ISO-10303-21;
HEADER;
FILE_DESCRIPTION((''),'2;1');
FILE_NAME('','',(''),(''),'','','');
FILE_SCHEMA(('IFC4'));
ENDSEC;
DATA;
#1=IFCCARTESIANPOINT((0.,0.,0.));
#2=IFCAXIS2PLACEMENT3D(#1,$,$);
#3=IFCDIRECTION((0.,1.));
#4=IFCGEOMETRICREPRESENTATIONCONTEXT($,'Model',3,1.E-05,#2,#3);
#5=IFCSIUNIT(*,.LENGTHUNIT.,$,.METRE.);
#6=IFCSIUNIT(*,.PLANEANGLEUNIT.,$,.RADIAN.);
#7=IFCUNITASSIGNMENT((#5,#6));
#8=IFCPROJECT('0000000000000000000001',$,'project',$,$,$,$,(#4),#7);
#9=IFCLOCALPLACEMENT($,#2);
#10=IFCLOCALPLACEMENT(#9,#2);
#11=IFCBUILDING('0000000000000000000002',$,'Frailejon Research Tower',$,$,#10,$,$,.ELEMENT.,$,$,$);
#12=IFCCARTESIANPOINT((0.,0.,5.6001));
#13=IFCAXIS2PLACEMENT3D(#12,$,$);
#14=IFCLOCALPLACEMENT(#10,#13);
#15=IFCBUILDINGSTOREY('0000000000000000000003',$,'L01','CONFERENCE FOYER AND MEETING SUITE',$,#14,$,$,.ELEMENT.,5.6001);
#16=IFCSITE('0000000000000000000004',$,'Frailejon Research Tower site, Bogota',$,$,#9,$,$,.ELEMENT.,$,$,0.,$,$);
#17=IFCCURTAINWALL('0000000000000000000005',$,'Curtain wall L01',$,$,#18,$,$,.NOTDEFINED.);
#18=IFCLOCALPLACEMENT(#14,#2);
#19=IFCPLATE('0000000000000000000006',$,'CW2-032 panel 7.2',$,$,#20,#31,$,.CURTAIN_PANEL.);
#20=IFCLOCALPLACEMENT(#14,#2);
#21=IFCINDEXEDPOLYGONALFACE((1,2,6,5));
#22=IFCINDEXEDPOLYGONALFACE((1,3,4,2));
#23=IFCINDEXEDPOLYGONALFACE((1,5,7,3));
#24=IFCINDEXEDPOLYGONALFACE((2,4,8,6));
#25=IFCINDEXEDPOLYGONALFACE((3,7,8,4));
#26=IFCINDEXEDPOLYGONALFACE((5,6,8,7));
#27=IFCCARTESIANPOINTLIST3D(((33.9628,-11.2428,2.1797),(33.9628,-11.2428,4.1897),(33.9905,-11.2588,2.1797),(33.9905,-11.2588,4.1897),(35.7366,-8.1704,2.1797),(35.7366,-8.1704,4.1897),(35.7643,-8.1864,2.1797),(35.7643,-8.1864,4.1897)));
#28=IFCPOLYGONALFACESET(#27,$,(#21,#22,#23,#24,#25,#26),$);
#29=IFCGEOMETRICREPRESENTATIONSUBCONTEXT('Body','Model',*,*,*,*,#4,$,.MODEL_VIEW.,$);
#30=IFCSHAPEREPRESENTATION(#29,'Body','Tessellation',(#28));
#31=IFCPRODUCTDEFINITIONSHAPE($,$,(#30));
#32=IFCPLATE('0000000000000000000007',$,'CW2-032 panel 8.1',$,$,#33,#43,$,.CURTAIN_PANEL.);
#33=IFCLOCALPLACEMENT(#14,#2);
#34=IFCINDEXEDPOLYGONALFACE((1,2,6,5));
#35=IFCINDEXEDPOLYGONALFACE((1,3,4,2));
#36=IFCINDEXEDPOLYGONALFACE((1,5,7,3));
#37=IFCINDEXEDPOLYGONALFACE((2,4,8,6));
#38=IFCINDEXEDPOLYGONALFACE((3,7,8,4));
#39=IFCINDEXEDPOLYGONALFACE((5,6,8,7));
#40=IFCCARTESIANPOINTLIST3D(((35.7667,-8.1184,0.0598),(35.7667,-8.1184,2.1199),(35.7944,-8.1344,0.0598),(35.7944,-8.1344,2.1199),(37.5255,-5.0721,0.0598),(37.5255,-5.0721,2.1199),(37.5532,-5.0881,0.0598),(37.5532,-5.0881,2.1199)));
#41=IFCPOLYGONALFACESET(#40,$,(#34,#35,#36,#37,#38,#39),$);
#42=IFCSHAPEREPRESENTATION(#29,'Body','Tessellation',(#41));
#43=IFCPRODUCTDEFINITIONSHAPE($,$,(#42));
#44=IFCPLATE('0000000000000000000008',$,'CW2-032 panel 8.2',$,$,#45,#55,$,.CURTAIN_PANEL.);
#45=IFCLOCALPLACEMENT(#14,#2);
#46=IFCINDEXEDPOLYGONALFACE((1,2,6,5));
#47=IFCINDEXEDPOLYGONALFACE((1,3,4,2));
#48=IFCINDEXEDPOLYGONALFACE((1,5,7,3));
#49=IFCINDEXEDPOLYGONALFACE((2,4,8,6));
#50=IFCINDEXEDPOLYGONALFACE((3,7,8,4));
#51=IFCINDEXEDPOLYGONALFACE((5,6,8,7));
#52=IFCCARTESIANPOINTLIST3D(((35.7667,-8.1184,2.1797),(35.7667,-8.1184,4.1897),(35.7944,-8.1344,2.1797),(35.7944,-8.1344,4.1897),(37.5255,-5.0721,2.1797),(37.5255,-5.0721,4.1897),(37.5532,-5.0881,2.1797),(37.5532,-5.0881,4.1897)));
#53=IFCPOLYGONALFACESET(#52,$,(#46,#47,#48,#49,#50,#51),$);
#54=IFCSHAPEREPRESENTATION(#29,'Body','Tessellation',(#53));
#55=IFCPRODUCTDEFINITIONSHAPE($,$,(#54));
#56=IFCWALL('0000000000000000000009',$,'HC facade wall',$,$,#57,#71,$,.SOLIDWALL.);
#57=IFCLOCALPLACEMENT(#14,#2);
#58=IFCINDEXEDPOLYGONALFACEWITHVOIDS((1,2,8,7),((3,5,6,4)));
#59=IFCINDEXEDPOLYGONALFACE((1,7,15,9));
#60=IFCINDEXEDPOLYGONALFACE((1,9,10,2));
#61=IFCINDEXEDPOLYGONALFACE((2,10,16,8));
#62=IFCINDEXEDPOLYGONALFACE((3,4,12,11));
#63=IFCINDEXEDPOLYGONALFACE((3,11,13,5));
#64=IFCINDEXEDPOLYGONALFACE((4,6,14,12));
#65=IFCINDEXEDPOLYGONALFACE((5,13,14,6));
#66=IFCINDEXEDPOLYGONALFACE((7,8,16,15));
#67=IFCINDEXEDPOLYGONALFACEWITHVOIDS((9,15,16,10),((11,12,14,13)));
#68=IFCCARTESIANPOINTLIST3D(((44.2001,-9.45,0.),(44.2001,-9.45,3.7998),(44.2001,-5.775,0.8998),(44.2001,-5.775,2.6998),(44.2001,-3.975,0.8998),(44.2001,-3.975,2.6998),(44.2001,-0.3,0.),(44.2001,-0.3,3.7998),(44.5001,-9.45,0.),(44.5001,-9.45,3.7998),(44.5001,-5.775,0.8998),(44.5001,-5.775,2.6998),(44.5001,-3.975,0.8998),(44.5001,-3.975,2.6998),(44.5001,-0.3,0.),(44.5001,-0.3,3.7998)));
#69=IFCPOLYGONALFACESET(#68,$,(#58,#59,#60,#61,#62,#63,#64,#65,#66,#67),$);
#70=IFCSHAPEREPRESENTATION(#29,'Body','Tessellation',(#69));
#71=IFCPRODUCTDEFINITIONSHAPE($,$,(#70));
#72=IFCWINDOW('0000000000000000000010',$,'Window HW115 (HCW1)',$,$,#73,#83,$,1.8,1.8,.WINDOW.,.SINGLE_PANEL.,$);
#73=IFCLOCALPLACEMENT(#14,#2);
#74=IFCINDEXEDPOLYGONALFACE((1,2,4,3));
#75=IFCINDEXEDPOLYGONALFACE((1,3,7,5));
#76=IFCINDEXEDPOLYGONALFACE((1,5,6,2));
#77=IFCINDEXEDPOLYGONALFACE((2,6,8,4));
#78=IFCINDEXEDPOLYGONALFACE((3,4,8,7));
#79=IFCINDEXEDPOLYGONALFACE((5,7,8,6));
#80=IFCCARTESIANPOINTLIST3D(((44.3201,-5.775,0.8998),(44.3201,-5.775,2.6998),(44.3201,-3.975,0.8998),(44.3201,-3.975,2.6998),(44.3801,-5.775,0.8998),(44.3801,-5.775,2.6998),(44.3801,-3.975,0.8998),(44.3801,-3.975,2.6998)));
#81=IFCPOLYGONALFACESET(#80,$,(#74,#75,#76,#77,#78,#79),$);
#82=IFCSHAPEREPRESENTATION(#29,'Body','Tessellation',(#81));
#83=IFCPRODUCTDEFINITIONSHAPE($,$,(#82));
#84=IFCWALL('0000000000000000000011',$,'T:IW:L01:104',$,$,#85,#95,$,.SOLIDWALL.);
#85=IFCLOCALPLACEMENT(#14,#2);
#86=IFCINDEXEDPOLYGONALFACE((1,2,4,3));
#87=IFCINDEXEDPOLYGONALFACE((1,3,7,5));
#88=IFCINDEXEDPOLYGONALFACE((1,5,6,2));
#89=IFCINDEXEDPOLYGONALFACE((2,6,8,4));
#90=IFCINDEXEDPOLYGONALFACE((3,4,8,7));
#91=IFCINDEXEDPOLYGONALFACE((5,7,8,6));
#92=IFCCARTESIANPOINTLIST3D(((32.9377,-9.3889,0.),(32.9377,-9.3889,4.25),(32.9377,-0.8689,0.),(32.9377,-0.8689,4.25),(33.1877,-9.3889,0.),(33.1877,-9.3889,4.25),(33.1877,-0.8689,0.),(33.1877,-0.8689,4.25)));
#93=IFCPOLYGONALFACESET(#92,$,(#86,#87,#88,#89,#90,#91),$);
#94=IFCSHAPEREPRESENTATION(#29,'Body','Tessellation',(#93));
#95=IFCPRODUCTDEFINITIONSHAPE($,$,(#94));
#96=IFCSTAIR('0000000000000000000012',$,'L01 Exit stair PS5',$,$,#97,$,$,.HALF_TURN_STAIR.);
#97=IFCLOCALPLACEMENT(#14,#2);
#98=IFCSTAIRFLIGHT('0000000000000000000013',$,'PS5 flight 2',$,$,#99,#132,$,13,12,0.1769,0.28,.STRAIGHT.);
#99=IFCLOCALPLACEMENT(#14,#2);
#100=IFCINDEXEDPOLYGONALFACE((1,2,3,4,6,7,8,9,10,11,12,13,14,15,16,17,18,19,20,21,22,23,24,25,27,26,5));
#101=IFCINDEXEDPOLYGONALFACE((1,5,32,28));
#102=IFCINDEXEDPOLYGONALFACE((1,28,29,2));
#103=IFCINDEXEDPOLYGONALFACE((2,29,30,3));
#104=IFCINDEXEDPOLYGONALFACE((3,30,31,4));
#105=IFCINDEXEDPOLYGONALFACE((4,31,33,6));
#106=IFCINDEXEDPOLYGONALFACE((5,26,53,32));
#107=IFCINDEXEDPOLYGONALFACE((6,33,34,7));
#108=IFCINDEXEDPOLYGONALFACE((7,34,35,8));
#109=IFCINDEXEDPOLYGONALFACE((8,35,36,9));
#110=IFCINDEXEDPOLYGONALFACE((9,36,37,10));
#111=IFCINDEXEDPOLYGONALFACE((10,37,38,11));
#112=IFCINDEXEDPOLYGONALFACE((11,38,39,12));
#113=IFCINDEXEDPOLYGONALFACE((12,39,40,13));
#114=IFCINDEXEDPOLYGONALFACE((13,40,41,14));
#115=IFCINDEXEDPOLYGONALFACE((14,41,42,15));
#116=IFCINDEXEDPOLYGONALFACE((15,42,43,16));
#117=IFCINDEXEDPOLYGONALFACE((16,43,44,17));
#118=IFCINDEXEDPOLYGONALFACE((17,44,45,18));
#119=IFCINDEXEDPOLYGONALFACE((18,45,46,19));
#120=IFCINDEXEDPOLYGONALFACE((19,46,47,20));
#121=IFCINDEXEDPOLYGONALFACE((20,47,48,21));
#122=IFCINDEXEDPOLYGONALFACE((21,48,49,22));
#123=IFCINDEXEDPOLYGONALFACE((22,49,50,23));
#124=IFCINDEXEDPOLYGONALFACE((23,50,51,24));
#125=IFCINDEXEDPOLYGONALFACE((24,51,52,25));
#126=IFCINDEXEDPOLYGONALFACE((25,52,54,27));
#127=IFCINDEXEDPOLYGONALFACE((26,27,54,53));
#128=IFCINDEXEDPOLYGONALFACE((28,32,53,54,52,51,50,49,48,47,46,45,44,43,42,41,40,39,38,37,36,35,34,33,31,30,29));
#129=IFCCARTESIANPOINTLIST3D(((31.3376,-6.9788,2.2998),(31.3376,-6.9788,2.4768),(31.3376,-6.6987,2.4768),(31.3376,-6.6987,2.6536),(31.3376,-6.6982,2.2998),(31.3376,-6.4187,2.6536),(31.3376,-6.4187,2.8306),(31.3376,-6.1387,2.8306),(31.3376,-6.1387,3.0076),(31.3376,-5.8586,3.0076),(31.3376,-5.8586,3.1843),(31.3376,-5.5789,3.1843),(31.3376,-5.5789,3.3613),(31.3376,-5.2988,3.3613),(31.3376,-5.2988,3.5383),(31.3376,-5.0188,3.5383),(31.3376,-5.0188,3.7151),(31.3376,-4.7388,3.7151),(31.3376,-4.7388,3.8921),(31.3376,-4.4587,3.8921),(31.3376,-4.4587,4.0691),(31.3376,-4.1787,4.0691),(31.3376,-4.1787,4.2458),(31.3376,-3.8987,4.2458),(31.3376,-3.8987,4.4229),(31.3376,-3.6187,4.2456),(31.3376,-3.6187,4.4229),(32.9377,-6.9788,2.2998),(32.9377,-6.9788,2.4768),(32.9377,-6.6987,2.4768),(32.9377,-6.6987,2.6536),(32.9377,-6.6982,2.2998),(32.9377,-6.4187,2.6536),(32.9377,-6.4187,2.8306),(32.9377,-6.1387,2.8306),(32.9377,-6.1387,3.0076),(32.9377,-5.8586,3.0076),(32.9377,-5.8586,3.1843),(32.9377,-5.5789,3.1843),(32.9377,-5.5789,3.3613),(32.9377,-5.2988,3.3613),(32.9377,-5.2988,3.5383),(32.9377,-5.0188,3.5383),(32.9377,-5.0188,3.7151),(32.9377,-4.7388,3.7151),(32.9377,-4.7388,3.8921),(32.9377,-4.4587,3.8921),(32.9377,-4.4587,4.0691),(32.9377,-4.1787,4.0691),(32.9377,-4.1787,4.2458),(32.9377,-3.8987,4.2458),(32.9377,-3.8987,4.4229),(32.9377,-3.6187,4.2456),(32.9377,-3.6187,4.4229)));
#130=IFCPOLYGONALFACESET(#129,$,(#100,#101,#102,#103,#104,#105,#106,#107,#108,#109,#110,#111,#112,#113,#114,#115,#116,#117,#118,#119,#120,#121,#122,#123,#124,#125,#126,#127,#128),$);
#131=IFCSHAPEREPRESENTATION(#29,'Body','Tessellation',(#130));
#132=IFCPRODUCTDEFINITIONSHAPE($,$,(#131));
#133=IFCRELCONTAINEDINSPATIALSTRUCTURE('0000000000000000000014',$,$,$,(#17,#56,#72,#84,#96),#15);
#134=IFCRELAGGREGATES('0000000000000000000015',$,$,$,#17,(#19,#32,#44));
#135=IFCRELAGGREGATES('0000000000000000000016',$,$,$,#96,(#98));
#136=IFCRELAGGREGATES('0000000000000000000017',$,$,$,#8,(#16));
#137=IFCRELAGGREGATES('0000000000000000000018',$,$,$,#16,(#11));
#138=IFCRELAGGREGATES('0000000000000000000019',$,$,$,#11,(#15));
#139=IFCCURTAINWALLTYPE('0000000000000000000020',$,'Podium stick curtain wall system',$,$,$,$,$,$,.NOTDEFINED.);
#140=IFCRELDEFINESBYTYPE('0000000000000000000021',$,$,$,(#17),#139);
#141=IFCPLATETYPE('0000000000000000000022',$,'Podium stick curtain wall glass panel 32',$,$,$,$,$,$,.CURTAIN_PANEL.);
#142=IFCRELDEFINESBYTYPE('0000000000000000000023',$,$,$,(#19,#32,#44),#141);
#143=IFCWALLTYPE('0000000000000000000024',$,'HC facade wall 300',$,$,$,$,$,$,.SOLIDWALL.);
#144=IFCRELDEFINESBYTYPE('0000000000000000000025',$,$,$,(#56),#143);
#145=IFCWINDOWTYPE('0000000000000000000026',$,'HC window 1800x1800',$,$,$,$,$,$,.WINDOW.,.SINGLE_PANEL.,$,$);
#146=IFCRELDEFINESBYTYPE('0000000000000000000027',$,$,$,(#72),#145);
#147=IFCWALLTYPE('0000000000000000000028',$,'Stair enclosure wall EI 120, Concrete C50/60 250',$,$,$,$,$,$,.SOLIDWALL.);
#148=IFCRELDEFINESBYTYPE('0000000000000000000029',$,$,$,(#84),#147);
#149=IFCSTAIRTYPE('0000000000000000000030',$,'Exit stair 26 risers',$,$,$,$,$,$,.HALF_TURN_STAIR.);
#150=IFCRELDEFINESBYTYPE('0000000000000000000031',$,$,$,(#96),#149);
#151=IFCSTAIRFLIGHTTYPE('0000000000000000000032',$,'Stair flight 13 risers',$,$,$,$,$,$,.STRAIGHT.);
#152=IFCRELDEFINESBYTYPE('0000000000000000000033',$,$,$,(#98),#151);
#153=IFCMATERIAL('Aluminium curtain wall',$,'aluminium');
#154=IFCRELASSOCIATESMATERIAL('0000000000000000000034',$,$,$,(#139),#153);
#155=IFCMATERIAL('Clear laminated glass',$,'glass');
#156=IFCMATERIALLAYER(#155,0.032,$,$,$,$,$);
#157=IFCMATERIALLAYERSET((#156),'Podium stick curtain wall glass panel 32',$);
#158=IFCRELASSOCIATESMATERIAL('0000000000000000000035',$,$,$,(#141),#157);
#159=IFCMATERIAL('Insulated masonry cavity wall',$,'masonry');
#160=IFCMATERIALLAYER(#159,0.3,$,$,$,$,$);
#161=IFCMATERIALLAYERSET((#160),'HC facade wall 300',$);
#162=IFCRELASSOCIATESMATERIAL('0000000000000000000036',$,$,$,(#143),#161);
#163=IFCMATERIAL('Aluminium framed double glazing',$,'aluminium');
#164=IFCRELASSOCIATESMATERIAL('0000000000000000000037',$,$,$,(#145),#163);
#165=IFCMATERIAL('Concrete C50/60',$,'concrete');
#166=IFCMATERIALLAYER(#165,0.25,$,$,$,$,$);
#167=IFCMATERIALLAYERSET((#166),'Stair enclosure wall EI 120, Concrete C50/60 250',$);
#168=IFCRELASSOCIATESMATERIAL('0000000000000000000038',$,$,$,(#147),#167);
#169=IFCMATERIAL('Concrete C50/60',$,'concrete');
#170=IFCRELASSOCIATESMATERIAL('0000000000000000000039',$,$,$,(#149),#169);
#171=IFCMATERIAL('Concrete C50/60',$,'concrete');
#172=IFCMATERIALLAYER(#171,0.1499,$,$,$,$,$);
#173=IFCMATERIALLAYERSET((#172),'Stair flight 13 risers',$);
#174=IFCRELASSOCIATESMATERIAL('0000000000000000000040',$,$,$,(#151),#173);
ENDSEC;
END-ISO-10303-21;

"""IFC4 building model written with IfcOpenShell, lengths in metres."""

from ifc_helpers import new_model, si_unit, direction, frame, frame_2d, origin, origin_2d, place, context, subcontext, project, spatial, polyline, rectangle, outline, extrude, material, layer, layer_set, type_object, element, fill, aggregate, save


model = new_model("IFC4")

# Units and contexts
model_context = context("Model", 3, precision=1e-05, world=origin(), true_north=direction((0.0, 1.0)))
body_context = subcontext(model_context, "Body", "Model", "MODEL_VIEW")
ifc_project = project(units=[si_unit("LENGTHUNIT", "METRE"), si_unit("PLANEANGLEUNIT", "RADIAN")], contexts=[model_context])

# Site, building, storey
site_placement = place(None, origin())
site = spatial("IfcSite", under=ifc_project, at=site_placement, Name="Frailejon Research Tower site, Bogota", CompositionType="ELEMENT", RefElevation=0.0)
building_placement = place(site_placement, origin())
building = spatial("IfcBuilding", under=site, at=building_placement, Name="Frailejon Research Tower", CompositionType="ELEMENT")
storey_placement = place(building_placement, frame((0.0, 0.0, 5.6001)))
storey = spatial("IfcBuildingStorey", under=building, at=storey_placement, Name="L01", Description="CONFERENCE FOYER AND MEETING SUITE", CompositionType="ELEMENT", Elevation=5.6001)

# Shared definitions
ifc_material_1 = material(Name="Aluminium curtain wall", Category="aluminium")
curtain_wall_type = type_object("IfcCurtainWallType", Name="Podium stick curtain wall system", PredefinedType="NOTDEFINED", material=ifc_material_1)

# Curtain wall, plates
curtain_wall_1_placement = place(storey_placement, origin())
curtain_wall_1 = element("IfcCurtainWall", 1, at=curtain_wall_1_placement, inside=storey, type_object=curtain_wall_type, Name="Curtain wall L01", PredefinedType="NOTDEFINED")
ifc_material_2 = material(Name="Clear laminated glass", Category="glass")
ifc_layer_1 = layer(ifc_material_2, 0.032)
ifc_layer_set_1 = layer_set([ifc_layer_1], Name="Podium stick curtain wall glass panel 32")
plate_type = type_object("IfcPlateType", Name="Podium stick curtain wall glass panel 32", PredefinedType="CURTAIN_PANEL", material=ifc_layer_set_1)
plate_1_placement = place(storey_placement, frame((34.8635, -9.7146, 2.1797), z_axis=(0.0, 0.0, 1.0), x_axis=(0.499998, 0.866026, 0.0)))
plate_1 = element("IfcPlate", 2, at=plate_1_placement, type_object=plate_type, Name="CW2-032 panel 7.2", PredefinedType="CURTAIN_PANEL", context=body_context, shape_type="SweptSolid", body=[
    extrude(rectangle(XDim=3.5476, YDim=0.032, at=origin_2d()), origin(), (0.0, 0.0, 1.0), 2.01),
])
plate_2_placement = place(storey_placement, frame((36.6599, -6.6033, 0.0598), z_axis=(0.0, 0.0, 1.0), x_axis=(0.499998, 0.866026, 0.0)))
plate_2 = element("IfcPlate", 3, at=plate_2_placement, type_object=plate_type, Name="CW2-032 panel 8.1", PredefinedType="CURTAIN_PANEL", context=body_context, shape_type="SweptSolid", body=[
    extrude(rectangle(XDim=3.5176, YDim=0.032, at=origin_2d()), origin(), (0.0, 0.0, 1.0), 2.0601),
])
plate_3_placement = place(storey_placement, frame((36.6599, -6.6033, 2.1797), z_axis=(0.0, 0.0, 1.0), x_axis=(0.499998, 0.866026, 0.0)))
plate_3 = element("IfcPlate", 4, at=plate_3_placement, type_object=plate_type, Name="CW2-032 panel 8.2", PredefinedType="CURTAIN_PANEL", context=body_context, shape_type="SweptSolid", body=[
    extrude(rectangle(XDim=3.5176, YDim=0.032, at=origin_2d()), origin(), (0.0, 0.0, 1.0), 2.01),
])
aggregate(curtain_wall_1, [plate_1, plate_2, plate_3])

# Wall, opening, window
ifc_material_3 = material(Name="Insulated masonry cavity wall", Category="masonry")
ifc_layer_2 = layer(ifc_material_3, 0.3)
ifc_layer_set_2 = layer_set([ifc_layer_2], Name="HC facade wall 300")
wall_type_1 = type_object("IfcWallType", Name="HC facade wall 300", PredefinedType="SOLIDWALL", material=ifc_layer_set_2)
wall_1_placement = place(storey_placement, frame((44.3501, -9.45, 0.0), z_axis=(0.0, 0.0, 1.0), x_axis=(0.0, 1.0, 0.0)))
wall_1 = element("IfcWall", 5, at=wall_1_placement, inside=storey, type_object=wall_type_1, Name="HC facade wall", PredefinedType="SOLIDWALL", context=body_context, shape_type="SweptSolid", body=[
    extrude(rectangle(XDim=9.1499, YDim=0.3, at=frame_2d((4.575, 0.0))), origin(), (0.0, 0.0, 1.0), 3.7998),
])
opening_placement = place(wall_1_placement, frame((3.675, 0.0, 0.8999)))
opening = element("IfcOpeningElement", 6, at=opening_placement, cuts=wall_1, PredefinedType="OPENING", context=body_context, shape_type="SweptSolid", body=[
    extrude(rectangle(XDim=1.8, YDim=1.8, at=frame_2d((0.8999, 0.8999))), frame((0.0, 0.1599, 0.0), z_axis=(0.0, -1.0, 0.0), x_axis=(1.0, 0.0, 0.0)), (0.0, 0.0, 1.0), 0.3201),
])
ifc_material_4 = material(Name="Aluminium framed double glazing", Category="aluminium")
window_type = type_object("IfcWindowType", Name="HC window 1800x1800", PartitioningType="SINGLE_PANEL", PredefinedType="WINDOW", material=ifc_material_4)
window_placement = place(opening_placement, origin())
window = element("IfcWindow", 7, at=window_placement, inside=storey, type_object=window_type, Name="Window HW115 (HCW1)", OverallHeight=1.8, OverallWidth=1.8, PartitioningType="SINGLE_PANEL", PredefinedType="WINDOW", context=body_context, shape_type="SweptSolid", body=[
    extrude(rectangle(XDim=1.8, YDim=1.8, at=frame_2d((0.8999, 0.8999))), frame((0.0, 0.03, 0.0), z_axis=(0.0, -1.0, 0.0), x_axis=(1.0, 0.0, 0.0)), (0.0, 0.0, 1.0), 0.0601),
])
fill(opening, window)

# Wall
ifc_material_5 = material(Name="Concrete C50/60", Category="concrete")
ifc_layer_3 = layer(ifc_material_5, 0.25)
ifc_layer_set_3 = layer_set([ifc_layer_3], Name="Stair enclosure wall EI 120, Concrete C50/60 250")
wall_type_2 = type_object("IfcWallType", Name="Stair enclosure wall EI 120, Concrete C50/60 250", PredefinedType="SOLIDWALL", material=ifc_layer_set_3)
wall_2_placement = place(storey_placement, frame((33.0627, -9.3889, 0.0), z_axis=(0.0, 0.0, 1.0), x_axis=(0.0, 1.0, 0.0)))
element("IfcWall", 8, at=wall_2_placement, inside=storey, type_object=wall_type_2, Name="T:IW:L01:104", PredefinedType="SOLIDWALL", context=body_context, shape_type="SweptSolid", body=[
    extrude(rectangle(XDim=8.52, YDim=0.25, at=frame_2d((4.26, 0.0))), origin(), (0.0, 0.0, 1.0), 4.25),
])

# Stair, stair flight
ifc_material_6 = material(Name="Concrete C50/60", Category="concrete")
stair_type = type_object("IfcStairType", Name="Exit stair 26 risers", PredefinedType="HALF_TURN_STAIR", material=ifc_material_6)
stair_placement = place(storey_placement, origin())
stair = element("IfcStair", 9, at=stair_placement, inside=storey, type_object=stair_type, Name="L01 Exit stair PS5", PredefinedType="HALF_TURN_STAIR")
ifc_material_7 = material(Name="Concrete C50/60", Category="concrete")
ifc_layer_4 = layer(ifc_material_7, 0.1499)
ifc_layer_set_4 = layer_set([ifc_layer_4], Name="Stair flight 13 risers")
stair_flight_type = type_object("IfcStairFlightType", Name="Stair flight 13 risers", PredefinedType="STRAIGHT", material=ifc_layer_set_4)
stair_flight_placement = place(storey_placement, frame((32.1377, -6.9788, 2.2998), z_axis=(0.0, 0.0, 1.0), x_axis=(0.0, 1.0, 0.0)))
stair_flight = element("IfcStairFlight", 10, at=stair_flight_placement, type_object=stair_flight_type, Name="PS5 flight 2", NumberOfRisers=13, NumberOfTreads=12, PredefinedType="STRAIGHT", RiserHeight=0.1769, TreadLength=0.28, context=body_context, shape_type="SweptSolid", body=[
    extrude(outline(polyline([(0.0, 0.0), (0.0, 0.177), (0.28, 0.177), (0.28, 0.3538), (0.5601, 0.3538), (0.5601, 0.5308), (0.8401, 0.5308), (0.8401, 0.7078), (1.1201, 0.7078), (1.1201, 0.8845), (1.3999, 0.8845), (1.3999, 1.0615), (1.6799, 1.0615), (1.6799, 1.2385), (1.96, 1.2385), (1.96, 1.4153), (2.24, 1.4153), (2.24, 1.5923), (2.52, 1.5923), (2.52, 1.7693), (2.8, 1.7693), (2.8, 1.946), (3.0801, 1.946), (3.0801, 2.123), (3.3601, 2.123), (3.3601, 2.3), (3.3601, 1.9458), (0.2805, 0.0), (0.0, 0.0)])), frame((0.0, 0.8, 0.0), z_axis=(0.0, -1.0, 0.0), x_axis=(1.0, 0.0, 0.0)), (0.0, 0.0, 1.0), 1.6001),
])
aggregate(stair, [stair_flight])

save(model, "model.ifc")
